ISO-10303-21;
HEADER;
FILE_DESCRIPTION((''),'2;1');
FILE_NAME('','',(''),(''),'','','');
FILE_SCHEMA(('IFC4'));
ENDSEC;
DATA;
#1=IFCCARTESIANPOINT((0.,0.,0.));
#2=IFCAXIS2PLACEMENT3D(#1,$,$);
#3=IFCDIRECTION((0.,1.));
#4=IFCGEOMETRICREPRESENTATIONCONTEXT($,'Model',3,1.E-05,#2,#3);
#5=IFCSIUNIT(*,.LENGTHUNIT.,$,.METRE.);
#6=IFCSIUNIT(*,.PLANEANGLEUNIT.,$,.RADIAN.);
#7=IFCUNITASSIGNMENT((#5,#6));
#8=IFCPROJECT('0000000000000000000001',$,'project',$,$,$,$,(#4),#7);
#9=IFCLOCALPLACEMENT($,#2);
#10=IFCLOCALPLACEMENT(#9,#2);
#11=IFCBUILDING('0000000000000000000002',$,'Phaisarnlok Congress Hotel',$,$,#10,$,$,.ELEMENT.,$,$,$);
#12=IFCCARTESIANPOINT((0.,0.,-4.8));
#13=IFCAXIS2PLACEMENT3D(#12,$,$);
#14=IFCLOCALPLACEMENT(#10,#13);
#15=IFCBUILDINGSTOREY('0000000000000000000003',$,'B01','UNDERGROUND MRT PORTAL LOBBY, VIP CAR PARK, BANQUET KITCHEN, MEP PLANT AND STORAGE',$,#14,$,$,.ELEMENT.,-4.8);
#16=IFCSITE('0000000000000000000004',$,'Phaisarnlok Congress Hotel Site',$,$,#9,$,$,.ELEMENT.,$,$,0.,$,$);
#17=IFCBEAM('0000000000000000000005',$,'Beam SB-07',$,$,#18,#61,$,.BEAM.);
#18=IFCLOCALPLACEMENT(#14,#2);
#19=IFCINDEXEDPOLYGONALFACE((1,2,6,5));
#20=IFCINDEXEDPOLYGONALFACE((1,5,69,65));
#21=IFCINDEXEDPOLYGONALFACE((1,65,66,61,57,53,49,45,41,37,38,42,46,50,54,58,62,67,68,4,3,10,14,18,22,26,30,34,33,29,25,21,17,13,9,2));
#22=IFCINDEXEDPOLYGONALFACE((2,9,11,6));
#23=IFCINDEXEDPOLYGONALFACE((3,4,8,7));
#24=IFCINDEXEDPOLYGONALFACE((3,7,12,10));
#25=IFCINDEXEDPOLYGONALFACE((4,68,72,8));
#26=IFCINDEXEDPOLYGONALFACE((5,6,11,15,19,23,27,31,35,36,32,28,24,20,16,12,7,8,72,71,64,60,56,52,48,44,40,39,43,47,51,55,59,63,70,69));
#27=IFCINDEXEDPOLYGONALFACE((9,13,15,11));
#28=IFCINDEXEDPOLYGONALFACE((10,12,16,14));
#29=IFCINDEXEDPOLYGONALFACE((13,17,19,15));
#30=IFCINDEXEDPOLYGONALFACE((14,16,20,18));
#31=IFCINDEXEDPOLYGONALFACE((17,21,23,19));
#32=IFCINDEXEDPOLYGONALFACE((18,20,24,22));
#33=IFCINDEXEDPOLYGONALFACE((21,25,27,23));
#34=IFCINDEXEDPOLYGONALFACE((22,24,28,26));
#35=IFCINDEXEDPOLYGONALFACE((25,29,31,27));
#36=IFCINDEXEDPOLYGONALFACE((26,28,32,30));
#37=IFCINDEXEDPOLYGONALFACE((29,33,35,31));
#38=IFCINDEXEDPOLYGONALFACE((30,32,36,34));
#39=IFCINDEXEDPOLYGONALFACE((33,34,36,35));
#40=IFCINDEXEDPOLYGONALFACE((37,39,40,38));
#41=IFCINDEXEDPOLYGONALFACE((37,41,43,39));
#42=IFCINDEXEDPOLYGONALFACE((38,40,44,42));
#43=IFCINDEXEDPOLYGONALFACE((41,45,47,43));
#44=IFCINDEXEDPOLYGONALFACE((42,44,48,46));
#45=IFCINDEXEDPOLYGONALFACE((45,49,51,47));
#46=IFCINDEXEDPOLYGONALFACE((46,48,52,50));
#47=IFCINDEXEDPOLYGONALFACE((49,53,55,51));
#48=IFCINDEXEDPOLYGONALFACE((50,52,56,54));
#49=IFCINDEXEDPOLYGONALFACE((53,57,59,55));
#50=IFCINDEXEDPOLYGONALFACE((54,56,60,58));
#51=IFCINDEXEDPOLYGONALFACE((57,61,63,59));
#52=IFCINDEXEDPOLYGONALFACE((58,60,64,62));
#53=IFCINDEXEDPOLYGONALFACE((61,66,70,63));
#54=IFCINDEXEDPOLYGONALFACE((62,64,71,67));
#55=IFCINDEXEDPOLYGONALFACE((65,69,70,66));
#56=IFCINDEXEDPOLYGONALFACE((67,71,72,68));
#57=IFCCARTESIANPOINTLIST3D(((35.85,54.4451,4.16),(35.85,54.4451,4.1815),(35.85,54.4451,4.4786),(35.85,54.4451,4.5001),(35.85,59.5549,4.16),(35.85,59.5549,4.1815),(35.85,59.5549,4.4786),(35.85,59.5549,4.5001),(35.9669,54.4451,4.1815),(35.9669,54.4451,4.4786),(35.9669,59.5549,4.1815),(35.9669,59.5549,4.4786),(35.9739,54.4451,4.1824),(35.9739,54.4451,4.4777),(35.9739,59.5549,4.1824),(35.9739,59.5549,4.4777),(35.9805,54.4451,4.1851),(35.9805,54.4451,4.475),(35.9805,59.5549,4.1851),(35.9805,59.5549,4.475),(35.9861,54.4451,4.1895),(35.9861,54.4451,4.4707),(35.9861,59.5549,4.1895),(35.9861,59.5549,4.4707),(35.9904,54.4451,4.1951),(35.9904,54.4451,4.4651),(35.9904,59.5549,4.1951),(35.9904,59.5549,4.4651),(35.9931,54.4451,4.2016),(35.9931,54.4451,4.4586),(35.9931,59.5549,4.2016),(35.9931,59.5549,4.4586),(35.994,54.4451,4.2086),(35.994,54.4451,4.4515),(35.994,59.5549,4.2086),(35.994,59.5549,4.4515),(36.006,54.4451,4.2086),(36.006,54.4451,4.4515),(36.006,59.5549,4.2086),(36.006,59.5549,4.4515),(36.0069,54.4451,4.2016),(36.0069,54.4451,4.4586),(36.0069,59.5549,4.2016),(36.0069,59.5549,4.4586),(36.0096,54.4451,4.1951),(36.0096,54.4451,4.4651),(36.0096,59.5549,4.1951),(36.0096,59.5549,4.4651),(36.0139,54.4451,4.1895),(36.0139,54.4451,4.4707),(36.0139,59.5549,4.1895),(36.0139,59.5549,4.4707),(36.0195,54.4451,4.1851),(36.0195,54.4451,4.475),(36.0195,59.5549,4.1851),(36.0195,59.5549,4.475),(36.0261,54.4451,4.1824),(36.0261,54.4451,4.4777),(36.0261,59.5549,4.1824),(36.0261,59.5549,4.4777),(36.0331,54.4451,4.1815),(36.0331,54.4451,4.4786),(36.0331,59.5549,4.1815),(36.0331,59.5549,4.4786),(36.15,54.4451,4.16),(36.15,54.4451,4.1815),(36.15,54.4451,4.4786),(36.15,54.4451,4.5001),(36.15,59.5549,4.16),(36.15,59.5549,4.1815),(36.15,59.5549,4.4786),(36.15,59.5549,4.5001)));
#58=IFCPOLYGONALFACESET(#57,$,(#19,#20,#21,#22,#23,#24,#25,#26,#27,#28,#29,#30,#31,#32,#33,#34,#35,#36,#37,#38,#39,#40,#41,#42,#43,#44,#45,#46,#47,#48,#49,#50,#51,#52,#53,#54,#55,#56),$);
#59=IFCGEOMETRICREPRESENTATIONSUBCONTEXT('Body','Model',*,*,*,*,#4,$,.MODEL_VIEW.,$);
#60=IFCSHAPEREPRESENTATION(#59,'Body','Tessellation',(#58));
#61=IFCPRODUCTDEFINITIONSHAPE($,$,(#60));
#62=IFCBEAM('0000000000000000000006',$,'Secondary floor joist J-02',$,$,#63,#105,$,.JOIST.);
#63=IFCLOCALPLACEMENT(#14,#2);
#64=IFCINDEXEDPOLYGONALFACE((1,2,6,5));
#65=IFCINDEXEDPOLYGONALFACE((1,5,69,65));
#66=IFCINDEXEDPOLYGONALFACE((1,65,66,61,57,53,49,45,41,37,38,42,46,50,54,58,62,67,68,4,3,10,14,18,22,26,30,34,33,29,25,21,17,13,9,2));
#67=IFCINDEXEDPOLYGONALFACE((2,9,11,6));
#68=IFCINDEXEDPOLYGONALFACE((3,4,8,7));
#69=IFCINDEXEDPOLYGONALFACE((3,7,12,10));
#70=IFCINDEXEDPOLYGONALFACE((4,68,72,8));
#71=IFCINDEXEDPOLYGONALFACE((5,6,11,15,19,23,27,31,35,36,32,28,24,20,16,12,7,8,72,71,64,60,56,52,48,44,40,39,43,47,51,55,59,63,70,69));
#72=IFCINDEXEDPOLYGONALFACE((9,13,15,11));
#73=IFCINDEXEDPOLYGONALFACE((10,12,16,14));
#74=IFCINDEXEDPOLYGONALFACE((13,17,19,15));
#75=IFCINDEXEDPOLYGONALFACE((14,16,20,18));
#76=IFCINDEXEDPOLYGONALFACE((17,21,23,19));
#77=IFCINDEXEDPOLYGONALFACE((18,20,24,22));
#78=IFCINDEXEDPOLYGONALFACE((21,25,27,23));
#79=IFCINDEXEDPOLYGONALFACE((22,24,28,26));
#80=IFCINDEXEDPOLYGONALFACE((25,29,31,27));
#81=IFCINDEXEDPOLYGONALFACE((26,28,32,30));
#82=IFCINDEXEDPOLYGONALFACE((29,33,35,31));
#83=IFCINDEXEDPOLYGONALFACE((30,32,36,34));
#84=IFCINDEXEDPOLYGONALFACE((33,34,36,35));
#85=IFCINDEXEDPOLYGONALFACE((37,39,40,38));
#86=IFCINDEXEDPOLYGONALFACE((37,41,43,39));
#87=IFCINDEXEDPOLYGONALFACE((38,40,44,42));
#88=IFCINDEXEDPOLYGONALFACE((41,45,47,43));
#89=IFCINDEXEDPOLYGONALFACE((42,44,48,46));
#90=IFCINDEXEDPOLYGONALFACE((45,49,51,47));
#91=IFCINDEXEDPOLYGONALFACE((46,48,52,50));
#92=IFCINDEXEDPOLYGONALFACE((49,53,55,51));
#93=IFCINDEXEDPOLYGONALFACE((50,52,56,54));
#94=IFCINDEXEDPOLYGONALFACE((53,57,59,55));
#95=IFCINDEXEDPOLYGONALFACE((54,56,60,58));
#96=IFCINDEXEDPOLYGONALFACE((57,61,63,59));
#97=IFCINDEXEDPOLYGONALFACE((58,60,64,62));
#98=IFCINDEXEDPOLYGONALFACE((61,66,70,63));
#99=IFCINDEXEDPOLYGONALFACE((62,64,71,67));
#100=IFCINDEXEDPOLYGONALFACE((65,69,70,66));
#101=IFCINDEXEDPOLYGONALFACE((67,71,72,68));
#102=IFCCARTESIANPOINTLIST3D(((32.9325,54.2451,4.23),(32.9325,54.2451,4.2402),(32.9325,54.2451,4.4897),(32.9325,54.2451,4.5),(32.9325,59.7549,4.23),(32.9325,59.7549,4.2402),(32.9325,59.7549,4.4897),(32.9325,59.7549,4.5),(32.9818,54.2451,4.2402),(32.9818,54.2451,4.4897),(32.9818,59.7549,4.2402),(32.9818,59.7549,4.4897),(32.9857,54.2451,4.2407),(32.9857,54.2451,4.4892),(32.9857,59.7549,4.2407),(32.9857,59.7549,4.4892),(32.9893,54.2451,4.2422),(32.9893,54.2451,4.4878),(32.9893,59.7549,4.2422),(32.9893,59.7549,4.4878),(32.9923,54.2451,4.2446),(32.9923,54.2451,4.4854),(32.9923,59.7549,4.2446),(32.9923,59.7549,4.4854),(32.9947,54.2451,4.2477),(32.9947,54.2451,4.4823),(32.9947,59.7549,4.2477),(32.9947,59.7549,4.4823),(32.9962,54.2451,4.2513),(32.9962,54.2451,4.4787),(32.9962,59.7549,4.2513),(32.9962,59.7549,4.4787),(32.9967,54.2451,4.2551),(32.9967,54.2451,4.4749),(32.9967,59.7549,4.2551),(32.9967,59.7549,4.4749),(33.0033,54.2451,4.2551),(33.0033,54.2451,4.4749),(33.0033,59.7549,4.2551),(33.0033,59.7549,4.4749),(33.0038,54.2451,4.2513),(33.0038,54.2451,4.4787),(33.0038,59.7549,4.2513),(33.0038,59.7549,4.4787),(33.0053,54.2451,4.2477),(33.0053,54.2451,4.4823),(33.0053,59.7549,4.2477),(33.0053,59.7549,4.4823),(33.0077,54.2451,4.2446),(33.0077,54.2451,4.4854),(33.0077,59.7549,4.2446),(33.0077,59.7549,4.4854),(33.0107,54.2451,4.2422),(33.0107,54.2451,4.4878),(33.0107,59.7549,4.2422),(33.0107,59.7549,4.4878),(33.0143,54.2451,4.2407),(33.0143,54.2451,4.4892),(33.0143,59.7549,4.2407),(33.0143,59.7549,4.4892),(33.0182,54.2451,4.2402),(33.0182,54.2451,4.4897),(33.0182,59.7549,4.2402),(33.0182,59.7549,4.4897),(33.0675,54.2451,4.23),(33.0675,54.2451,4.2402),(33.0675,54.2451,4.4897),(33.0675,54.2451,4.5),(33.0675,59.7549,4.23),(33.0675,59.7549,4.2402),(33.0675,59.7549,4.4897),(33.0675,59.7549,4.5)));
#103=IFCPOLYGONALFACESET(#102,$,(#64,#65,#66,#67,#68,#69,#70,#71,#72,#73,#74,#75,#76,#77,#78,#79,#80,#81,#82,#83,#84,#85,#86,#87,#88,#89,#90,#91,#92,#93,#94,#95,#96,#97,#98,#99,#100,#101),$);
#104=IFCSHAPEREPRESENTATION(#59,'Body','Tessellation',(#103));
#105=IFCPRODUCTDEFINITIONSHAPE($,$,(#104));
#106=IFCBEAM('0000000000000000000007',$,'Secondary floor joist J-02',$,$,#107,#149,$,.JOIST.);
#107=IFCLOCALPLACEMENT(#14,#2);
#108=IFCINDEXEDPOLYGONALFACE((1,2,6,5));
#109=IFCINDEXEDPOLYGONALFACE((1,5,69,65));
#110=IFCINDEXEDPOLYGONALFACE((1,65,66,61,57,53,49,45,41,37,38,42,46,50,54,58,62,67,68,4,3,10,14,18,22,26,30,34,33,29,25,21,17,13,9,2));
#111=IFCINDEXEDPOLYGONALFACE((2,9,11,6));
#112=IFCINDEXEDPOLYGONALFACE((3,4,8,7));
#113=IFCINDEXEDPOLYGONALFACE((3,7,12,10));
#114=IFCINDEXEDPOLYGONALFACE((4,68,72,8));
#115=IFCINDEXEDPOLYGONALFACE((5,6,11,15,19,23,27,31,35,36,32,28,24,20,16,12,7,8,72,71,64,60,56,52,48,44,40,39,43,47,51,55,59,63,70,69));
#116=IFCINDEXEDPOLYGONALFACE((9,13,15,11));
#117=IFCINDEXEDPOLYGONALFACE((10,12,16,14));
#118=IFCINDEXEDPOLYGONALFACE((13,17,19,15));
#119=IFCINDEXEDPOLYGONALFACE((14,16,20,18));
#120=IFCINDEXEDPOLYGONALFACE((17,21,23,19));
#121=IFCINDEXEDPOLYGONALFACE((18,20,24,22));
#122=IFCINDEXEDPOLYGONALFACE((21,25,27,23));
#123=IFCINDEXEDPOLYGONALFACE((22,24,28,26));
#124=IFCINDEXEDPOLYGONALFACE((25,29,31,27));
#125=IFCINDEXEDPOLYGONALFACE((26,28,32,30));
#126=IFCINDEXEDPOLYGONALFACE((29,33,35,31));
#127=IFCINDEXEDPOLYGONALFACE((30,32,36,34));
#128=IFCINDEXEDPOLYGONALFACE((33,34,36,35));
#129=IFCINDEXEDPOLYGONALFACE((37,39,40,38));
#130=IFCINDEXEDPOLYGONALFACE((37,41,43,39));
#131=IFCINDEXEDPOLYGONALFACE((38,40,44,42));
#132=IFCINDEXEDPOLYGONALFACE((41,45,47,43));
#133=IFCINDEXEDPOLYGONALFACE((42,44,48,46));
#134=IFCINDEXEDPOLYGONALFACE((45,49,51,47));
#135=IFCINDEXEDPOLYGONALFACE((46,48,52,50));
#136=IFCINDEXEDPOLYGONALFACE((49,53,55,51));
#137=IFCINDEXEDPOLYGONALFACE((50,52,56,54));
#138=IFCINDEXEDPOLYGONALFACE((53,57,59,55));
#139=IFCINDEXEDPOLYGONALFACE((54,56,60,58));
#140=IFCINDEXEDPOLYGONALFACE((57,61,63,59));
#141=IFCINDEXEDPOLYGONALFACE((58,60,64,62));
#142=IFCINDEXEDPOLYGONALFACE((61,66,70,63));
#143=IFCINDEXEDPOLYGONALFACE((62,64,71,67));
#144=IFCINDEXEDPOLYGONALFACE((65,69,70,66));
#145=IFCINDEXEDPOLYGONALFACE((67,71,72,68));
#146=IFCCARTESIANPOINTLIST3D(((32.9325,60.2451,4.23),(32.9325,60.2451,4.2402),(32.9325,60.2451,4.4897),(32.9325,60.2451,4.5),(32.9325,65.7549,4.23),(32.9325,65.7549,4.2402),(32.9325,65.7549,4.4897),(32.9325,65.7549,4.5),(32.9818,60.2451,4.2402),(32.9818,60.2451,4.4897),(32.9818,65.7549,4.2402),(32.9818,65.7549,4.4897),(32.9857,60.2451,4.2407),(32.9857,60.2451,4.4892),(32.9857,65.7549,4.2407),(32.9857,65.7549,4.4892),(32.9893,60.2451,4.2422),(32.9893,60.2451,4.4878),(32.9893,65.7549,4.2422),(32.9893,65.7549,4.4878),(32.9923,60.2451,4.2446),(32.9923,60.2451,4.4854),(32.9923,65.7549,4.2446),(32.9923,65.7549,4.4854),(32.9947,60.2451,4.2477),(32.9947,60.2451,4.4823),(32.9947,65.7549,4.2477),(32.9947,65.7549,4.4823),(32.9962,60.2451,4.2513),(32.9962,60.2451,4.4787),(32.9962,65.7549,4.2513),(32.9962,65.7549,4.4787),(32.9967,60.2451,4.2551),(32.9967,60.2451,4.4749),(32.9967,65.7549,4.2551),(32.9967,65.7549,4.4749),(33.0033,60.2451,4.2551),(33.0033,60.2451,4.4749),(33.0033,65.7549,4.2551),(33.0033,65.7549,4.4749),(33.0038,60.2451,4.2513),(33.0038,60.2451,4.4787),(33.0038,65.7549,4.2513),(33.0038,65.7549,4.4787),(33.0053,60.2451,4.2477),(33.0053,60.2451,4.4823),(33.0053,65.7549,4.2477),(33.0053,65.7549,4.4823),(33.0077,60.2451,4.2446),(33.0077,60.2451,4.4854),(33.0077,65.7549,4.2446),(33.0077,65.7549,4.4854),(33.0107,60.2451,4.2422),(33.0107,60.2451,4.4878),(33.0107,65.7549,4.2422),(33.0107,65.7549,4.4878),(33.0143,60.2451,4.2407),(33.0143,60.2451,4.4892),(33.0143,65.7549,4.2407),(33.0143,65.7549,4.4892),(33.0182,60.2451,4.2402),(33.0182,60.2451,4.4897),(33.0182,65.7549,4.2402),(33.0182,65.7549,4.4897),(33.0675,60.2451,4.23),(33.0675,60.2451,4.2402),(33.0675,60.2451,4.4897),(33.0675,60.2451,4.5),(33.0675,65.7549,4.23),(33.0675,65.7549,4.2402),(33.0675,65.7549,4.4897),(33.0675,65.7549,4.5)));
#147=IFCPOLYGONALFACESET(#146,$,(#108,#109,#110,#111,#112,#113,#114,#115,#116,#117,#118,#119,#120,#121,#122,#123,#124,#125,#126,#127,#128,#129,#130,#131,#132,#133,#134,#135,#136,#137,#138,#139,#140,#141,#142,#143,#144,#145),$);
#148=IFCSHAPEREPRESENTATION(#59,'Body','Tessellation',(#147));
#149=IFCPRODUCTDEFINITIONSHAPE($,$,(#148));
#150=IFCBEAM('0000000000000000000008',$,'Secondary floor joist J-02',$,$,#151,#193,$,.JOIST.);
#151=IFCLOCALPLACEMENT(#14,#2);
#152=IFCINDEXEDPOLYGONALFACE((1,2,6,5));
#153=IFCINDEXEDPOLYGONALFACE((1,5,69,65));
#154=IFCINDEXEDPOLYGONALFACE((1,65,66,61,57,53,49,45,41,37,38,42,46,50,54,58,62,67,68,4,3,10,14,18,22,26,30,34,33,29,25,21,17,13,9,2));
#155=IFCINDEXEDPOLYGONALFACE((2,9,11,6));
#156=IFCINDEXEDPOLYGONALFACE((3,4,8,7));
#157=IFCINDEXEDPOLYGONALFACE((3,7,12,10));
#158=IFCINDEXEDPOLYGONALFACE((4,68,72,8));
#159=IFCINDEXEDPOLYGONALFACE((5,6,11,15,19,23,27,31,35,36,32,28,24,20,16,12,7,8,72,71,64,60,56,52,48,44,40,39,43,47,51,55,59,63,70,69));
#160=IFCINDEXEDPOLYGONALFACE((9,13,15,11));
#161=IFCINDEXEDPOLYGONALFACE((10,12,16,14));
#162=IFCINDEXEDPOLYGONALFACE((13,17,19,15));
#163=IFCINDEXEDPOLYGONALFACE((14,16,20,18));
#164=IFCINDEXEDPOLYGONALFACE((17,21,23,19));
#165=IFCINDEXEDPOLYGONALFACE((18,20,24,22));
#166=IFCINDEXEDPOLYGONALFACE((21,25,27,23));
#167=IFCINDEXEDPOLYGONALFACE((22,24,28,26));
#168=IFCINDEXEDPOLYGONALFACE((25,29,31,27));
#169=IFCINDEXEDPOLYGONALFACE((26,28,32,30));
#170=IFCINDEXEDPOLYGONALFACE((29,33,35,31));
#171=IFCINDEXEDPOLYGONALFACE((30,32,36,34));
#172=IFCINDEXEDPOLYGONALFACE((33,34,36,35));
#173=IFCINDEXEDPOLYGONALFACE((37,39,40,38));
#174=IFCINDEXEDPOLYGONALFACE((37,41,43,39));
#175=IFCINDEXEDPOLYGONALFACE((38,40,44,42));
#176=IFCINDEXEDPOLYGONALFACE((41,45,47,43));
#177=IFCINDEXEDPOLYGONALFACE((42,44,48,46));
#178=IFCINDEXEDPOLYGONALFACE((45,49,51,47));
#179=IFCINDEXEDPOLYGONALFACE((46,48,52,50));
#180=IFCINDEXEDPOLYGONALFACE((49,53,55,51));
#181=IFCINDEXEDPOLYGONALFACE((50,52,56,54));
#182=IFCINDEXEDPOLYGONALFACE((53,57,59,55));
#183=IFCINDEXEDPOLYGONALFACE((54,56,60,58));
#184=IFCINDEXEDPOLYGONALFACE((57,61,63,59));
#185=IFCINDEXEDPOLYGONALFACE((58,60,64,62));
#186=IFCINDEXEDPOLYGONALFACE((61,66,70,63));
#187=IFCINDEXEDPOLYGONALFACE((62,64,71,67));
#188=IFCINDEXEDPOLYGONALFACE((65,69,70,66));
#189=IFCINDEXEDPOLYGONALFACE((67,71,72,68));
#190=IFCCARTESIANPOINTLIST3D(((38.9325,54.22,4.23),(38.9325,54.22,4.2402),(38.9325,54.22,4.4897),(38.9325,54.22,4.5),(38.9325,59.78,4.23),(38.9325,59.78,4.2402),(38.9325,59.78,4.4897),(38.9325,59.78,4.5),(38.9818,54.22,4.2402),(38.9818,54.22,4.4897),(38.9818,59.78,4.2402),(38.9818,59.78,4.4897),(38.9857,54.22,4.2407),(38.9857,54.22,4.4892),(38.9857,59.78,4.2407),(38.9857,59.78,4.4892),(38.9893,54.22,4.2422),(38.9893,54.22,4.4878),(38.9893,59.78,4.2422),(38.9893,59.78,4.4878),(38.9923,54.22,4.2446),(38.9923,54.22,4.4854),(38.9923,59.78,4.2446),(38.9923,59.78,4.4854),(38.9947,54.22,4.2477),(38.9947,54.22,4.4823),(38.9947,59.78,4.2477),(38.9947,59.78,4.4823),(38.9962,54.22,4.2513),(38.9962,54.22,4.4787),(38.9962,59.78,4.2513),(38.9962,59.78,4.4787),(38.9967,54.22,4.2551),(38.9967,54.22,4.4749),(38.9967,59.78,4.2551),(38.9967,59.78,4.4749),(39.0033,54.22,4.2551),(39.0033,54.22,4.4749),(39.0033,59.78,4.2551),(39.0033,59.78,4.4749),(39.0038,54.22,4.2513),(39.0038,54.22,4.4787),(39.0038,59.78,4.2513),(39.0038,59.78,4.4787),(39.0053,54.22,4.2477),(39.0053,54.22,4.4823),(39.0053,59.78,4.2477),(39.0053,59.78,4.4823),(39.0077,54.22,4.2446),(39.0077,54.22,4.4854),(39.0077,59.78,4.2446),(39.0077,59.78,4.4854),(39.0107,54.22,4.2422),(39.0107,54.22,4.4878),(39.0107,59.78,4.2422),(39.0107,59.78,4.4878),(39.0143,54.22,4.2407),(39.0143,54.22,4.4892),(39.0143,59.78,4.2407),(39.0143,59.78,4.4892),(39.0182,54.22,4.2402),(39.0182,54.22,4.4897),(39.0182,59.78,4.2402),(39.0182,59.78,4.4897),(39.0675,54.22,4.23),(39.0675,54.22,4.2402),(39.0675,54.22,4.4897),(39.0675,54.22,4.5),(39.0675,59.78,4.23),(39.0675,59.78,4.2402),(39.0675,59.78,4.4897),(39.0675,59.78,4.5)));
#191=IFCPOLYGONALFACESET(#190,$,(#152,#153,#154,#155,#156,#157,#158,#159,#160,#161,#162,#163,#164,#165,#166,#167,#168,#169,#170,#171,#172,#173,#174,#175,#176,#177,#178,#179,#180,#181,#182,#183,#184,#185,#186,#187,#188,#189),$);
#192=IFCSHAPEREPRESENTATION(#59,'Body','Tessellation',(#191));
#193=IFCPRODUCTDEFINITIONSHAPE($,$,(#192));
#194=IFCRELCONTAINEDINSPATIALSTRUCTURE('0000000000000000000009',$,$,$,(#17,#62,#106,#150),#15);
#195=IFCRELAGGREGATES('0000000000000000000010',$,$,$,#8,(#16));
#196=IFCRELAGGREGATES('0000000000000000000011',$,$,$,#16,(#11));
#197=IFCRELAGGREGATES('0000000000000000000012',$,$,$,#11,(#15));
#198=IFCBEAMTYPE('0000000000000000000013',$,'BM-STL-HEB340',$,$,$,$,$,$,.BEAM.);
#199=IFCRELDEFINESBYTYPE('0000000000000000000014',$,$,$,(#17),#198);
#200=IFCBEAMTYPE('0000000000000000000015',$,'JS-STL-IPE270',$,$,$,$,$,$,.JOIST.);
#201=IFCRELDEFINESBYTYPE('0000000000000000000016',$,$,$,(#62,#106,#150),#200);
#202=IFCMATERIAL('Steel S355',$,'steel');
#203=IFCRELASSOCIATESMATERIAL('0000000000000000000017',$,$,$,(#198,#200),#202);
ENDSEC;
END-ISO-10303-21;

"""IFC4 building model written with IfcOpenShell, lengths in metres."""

from ifc_helpers import new_model, si_unit, direction, frame, origin, origin_2d, place, context, subcontext, project, spatial, i_section, extrude, material, material_profile, profile_set, type_object, element, save


model = new_model("IFC4")

# Units and contexts
model_context = context("Model", 3, precision=1e-05, world=origin(), true_north=direction((0.0, 1.0)))
body_context = subcontext(model_context, "Body", "Model", "MODEL_VIEW")
ifc_project = project(units=[si_unit("LENGTHUNIT", "METRE"), si_unit("PLANEANGLEUNIT", "RADIAN")], contexts=[model_context])

# Site, building, storey
site_placement = place(None, origin())
site = spatial("IfcSite", under=ifc_project, at=site_placement, Name="Phaisarnlok Congress Hotel Site", CompositionType="ELEMENT", RefElevation=0.0)
building_placement = place(site_placement, origin())
building = spatial("IfcBuilding", under=site, at=building_placement, Name="Phaisarnlok Congress Hotel", CompositionType="ELEMENT")
storey_placement = place(building_placement, frame((0.0, 0.0, -4.8)))
storey = spatial("IfcBuildingStorey", under=building, at=storey_placement, Name="B01", Description="UNDERGROUND MRT PORTAL LOBBY, VIP CAR PARK, BANQUET KITCHEN, MEP PLANT AND STORAGE", CompositionType="ELEMENT", Elevation=-4.8)

# Beams
ifc_material_1 = material(Name="Steel S355", Category="steel")
ifc_material_profile_1 = material_profile(ifc_material_1, i_section(OverallWidth=0.3, OverallDepth=0.3401, WebThickness=0.012, FlangeThickness=0.0215, FilletRadius=0.0271, at=origin_2d()), Name="HEB 340")
ifc_profile_set_1 = profile_set([ifc_material_profile_1], Name="Steel S355")
beam_type_1 = type_object("IfcBeamType", Name="BM-STL-HEB340", PredefinedType="BEAM", material=ifc_profile_set_1)
beam_placement = place(storey_placement, frame((36.0, 54.4451, 4.3301), z_axis=(0.0, 1.0, 0.0), x_axis=(-1.0, 0.0, 0.0)))
element("IfcBeam", 1, at=beam_placement, inside=storey, type_object=beam_type_1, Name="Beam SB-07", PredefinedType="BEAM", context=body_context, shape_type="SweptSolid", body=[
    extrude(i_section(OverallWidth=0.3, OverallDepth=0.3401, WebThickness=0.012, FlangeThickness=0.0215, FilletRadius=0.0271, at=origin_2d()), origin(), (0.0, 0.0, 1.0), 5.1099),
])
ifc_material_profile_2 = material_profile(ifc_material_1, i_section(OverallWidth=0.135, OverallDepth=0.27, WebThickness=0.0066, FlangeThickness=0.0103, FilletRadius=0.0149, at=origin_2d()), Name="IPE 270")
ifc_profile_set_2 = profile_set([ifc_material_profile_2], Name="Steel S355")
beam_type_2 = type_object("IfcBeamType", Name="JS-STL-IPE270", PredefinedType="JOIST", material=ifc_profile_set_2)
for number, where, z_axis, x_axis, name in (
    (2, (33.0, 54.2451, 4.365), (0.0, 1.0, 0.0), (-1.0, 0.0, 0.0), "Secondary floor joist J-02"),
    (3, (33.0, 60.2451, 4.365), (0.0, 1.0, 0.0), (-1.0, 0.0, 0.0), "Secondary floor joist J-02"),
):
    element("IfcBeam", number, at=place(storey_placement, frame(where, z_axis=z_axis, x_axis=x_axis)), inside=storey, type_object=beam_type_2, Name=name, PredefinedType="JOIST", context=body_context, shape_type="SweptSolid", body=[
        extrude(i_section(OverallWidth=0.135, OverallDepth=0.27, WebThickness=0.0066, FlangeThickness=0.0103, FilletRadius=0.0149, at=origin_2d()), origin(), (0.0, 0.0, 1.0), 5.5098),
    ])
for number, where, z_axis, x_axis, name in (
    (4, (39.0, 54.22, 4.365), (0.0, 1.0, 0.0), (-1.0, 0.0, 0.0), "Secondary floor joist J-02"),
):
    element("IfcBeam", number, at=place(storey_placement, frame(where, z_axis=z_axis, x_axis=x_axis)), inside=storey, type_object=beam_type_2, Name=name, PredefinedType="JOIST", context=body_context, shape_type="SweptSolid", body=[
        extrude(i_section(OverallWidth=0.135, OverallDepth=0.27, WebThickness=0.0066, FlangeThickness=0.0103, FilletRadius=0.0149, at=origin_2d()), origin(), (0.0, 0.0, 1.0), 5.5601),
    ])

save(model, "model.ifc")
